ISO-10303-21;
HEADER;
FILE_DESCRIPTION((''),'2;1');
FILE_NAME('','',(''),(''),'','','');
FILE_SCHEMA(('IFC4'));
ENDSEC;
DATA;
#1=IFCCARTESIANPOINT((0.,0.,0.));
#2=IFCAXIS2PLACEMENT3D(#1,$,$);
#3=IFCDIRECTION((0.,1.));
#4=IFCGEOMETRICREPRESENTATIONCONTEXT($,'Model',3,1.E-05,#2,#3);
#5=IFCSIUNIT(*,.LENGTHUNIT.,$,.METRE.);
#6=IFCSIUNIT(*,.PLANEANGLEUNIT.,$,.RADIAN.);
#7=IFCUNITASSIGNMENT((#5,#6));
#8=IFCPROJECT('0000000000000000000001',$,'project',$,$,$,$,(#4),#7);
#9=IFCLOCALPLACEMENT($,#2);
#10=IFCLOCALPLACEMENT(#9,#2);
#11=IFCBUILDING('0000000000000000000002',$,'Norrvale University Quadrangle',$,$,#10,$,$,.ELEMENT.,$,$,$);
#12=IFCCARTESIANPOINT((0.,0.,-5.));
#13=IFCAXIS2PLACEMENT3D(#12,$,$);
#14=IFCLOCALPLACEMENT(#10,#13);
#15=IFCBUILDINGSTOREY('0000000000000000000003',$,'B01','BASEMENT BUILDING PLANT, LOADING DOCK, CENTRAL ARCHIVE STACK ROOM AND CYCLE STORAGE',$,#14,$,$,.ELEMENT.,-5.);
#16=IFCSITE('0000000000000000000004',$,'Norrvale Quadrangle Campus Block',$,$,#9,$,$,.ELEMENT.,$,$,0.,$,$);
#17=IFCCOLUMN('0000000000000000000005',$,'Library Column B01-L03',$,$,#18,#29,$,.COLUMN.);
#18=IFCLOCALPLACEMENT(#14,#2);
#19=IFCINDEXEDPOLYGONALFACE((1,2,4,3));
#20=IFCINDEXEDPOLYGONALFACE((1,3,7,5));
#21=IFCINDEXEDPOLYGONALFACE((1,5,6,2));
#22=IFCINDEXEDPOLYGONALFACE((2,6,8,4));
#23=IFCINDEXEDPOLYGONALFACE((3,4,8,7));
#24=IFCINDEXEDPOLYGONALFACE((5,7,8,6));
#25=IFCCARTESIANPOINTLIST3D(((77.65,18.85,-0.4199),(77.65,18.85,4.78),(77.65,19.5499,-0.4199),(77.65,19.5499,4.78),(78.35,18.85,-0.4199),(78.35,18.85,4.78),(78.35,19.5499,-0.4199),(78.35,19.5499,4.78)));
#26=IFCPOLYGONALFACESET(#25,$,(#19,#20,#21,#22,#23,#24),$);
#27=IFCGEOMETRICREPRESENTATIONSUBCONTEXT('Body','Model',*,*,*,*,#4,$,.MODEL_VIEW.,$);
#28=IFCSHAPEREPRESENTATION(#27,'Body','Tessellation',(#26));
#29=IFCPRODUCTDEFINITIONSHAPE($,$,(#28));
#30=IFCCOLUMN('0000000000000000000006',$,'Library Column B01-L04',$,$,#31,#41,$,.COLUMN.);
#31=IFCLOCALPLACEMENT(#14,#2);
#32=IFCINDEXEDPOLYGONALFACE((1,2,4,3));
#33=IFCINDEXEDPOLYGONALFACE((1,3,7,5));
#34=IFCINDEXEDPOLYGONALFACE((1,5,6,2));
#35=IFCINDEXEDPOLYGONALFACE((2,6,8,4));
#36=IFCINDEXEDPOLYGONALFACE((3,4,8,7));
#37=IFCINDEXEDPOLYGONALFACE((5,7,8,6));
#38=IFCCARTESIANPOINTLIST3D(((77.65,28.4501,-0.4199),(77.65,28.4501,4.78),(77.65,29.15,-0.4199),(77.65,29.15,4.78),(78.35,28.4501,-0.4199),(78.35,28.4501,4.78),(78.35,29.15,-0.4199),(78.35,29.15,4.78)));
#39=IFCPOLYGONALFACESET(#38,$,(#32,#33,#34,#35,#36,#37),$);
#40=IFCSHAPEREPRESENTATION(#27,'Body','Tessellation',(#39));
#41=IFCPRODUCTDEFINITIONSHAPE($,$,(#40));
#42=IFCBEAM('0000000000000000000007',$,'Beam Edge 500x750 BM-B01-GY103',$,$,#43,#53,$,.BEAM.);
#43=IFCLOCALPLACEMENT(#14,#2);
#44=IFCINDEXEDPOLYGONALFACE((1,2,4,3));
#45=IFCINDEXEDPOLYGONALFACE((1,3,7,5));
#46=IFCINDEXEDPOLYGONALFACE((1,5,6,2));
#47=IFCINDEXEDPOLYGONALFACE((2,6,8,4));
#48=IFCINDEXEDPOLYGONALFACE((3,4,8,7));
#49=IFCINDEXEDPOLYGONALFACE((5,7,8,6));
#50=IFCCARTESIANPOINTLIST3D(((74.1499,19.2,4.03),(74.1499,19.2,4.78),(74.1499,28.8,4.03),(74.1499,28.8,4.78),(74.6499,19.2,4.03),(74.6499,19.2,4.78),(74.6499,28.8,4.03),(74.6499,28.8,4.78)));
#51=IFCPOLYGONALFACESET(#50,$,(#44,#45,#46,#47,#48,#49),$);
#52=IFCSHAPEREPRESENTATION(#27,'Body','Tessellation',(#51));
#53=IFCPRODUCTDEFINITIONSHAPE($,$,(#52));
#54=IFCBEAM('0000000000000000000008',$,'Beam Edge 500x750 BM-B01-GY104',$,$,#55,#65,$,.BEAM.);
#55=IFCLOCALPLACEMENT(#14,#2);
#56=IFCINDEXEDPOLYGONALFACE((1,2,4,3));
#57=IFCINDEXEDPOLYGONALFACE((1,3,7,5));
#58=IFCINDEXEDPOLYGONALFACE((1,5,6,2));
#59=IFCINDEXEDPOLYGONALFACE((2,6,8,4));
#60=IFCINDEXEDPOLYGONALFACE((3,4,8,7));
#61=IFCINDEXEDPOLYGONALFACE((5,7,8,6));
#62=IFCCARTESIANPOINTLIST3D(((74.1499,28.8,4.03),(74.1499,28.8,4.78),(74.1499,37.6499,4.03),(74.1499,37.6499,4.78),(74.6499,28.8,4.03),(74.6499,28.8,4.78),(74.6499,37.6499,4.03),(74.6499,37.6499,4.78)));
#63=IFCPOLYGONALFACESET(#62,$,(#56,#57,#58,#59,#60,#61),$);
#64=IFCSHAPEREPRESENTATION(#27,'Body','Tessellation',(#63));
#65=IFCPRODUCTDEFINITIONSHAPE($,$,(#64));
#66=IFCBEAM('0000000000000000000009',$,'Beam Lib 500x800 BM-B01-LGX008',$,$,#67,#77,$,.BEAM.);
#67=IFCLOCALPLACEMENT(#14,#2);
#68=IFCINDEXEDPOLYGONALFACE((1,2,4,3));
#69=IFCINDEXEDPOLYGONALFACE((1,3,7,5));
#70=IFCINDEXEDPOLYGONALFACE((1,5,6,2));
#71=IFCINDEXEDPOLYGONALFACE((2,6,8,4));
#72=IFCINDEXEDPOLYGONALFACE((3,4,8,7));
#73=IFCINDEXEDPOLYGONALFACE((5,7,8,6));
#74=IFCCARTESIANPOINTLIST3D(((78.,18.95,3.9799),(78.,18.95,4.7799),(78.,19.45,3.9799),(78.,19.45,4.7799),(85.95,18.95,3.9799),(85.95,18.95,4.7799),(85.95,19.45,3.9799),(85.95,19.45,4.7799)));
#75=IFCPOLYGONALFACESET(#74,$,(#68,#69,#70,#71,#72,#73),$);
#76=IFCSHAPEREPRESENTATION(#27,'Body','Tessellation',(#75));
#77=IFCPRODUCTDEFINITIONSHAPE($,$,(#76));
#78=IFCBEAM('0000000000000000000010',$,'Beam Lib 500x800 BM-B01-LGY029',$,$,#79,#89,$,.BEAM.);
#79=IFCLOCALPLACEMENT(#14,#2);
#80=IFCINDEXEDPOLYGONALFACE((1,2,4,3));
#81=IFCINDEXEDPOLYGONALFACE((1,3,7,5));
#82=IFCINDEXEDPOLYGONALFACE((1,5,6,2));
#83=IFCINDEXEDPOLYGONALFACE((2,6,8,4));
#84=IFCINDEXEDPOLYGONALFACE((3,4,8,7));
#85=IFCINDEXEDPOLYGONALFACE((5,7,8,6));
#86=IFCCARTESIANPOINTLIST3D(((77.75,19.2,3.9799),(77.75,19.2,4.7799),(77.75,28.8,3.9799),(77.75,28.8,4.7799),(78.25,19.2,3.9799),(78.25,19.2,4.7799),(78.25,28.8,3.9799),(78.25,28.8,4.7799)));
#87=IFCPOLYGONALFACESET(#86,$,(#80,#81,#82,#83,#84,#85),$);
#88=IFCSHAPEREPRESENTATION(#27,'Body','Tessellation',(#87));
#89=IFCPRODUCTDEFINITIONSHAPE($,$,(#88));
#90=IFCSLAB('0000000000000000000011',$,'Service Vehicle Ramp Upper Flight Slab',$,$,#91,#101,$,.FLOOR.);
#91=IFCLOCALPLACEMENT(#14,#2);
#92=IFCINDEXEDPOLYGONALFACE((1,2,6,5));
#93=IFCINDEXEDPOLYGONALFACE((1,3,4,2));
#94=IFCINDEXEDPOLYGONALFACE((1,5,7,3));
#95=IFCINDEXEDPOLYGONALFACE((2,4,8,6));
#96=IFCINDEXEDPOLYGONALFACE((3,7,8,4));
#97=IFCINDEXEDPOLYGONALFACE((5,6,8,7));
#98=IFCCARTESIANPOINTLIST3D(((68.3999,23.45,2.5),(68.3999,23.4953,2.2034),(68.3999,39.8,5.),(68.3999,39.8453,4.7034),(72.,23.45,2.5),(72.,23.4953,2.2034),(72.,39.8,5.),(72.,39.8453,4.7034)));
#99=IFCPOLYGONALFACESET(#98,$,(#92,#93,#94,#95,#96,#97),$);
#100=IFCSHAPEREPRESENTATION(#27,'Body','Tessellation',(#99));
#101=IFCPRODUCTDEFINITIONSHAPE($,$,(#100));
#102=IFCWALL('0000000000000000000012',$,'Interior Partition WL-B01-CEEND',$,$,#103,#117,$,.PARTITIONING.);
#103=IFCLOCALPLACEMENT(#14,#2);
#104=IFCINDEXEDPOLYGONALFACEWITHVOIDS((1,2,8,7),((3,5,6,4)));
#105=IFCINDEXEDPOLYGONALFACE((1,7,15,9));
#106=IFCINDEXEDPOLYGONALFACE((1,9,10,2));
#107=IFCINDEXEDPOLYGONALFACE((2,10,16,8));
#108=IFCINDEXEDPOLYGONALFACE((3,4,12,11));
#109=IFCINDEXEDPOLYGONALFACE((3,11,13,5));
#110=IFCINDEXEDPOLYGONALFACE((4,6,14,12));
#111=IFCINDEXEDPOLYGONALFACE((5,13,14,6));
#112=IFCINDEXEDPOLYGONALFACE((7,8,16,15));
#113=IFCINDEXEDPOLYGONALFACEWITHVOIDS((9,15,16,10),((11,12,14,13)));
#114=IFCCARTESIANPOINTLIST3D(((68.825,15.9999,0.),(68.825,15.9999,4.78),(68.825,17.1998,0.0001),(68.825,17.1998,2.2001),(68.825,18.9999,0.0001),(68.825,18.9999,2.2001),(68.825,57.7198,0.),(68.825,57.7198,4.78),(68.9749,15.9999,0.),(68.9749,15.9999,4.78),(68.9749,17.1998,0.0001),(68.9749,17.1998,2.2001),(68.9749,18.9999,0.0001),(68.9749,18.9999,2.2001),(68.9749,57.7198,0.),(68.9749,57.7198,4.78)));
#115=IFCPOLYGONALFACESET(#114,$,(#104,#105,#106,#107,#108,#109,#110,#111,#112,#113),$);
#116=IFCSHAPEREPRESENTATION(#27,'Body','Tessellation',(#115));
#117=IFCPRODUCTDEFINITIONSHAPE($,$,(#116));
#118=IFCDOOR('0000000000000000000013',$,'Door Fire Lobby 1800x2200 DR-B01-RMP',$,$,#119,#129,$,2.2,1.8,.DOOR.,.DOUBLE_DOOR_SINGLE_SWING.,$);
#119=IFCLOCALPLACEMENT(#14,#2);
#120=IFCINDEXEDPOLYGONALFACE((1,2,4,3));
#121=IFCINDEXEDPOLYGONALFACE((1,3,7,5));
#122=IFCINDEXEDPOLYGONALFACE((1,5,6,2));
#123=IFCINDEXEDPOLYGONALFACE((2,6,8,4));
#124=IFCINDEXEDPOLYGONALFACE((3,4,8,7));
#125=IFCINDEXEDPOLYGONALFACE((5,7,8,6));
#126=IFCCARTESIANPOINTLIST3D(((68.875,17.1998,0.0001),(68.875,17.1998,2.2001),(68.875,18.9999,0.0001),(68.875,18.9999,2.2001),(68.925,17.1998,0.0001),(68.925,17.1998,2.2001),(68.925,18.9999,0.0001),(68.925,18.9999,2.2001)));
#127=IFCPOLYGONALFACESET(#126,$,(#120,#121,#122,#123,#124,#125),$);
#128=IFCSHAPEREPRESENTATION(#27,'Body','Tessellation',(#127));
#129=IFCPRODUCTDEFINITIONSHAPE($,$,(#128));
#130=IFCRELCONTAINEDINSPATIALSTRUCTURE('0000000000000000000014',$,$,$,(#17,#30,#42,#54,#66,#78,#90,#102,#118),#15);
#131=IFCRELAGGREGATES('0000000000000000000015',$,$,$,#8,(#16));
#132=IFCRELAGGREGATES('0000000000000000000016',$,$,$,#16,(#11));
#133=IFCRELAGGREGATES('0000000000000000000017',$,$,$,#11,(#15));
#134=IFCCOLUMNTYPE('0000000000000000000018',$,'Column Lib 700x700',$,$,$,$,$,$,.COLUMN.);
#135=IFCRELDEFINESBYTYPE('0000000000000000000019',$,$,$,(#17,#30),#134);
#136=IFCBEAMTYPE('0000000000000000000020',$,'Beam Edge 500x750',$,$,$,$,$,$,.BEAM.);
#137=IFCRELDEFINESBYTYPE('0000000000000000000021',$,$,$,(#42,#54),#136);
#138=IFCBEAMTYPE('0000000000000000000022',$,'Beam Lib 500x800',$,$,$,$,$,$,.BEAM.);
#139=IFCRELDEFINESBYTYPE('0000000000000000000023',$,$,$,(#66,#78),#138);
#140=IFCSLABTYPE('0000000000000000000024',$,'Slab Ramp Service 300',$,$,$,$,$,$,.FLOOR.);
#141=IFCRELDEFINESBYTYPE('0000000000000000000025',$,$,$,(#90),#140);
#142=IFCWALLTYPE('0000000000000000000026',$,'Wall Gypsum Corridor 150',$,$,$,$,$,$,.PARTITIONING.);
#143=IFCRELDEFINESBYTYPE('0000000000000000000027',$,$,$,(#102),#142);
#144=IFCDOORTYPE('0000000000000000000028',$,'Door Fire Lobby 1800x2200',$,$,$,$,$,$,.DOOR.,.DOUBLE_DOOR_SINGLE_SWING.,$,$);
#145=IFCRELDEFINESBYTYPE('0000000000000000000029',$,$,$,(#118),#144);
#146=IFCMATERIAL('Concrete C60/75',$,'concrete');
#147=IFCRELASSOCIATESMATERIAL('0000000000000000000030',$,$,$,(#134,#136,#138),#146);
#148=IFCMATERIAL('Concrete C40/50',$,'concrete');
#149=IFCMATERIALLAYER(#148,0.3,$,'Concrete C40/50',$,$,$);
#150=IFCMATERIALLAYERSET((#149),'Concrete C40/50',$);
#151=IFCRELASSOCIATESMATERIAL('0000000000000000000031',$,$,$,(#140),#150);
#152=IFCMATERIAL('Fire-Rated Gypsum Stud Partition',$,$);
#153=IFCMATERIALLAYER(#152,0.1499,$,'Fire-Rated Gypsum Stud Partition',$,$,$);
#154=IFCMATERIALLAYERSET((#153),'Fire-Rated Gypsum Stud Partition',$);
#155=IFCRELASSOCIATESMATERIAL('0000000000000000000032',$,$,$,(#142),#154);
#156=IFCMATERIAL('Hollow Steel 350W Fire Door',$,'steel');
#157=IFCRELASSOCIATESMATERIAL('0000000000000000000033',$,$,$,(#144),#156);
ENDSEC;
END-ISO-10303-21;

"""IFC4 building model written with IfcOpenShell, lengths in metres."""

from ifc_helpers import new_model, si_unit, direction, frame, frame_2d, origin, origin_2d, place, context, subcontext, project, spatial, polyline, rectangle, outline, extrude, material, layer, layer_set, material_profile, profile_set, type_object, element, fill, save


model = new_model("IFC4")

# Units and contexts
model_context = context("Model", 3, precision=1e-05, world=origin(), true_north=direction((0.0, 1.0)))
body_context = subcontext(model_context, "Body", "Model", "MODEL_VIEW")
ifc_project = project(units=[si_unit("LENGTHUNIT", "METRE"), si_unit("PLANEANGLEUNIT", "RADIAN")], contexts=[model_context])

# Site, building, storey
site_placement = place(None, origin())
site = spatial("IfcSite", under=ifc_project, at=site_placement, Name="Norrvale Quadrangle Campus Block", CompositionType="ELEMENT", RefElevation=0.0)
building_placement = place(site_placement, origin())
building = spatial("IfcBuilding", under=site, at=building_placement, Name="Norrvale University Quadrangle", CompositionType="ELEMENT")
storey_placement = place(building_placement, frame((0.0, 0.0, -5.0)))
storey = spatial("IfcBuildingStorey", under=building, at=storey_placement, Name="B01", Description="BASEMENT BUILDING PLANT, LOADING DOCK, CENTRAL ARCHIVE STACK ROOM AND CYCLE STORAGE", CompositionType="ELEMENT", Elevation=-5.0)

# Columns
ifc_material_1 = material(Name="Concrete C60/75", Category="concrete")
ifc_material_profile_1 = material_profile(ifc_material_1, rectangle(XDim=0.7, YDim=0.7, at=origin_2d()), Name="Concrete C60/75")
ifc_profile_set_1 = profile_set([ifc_material_profile_1], Name="Concrete C60/75")
column_type_1 = type_object("IfcColumnType", Name="Column Lib 700x700", PredefinedType="COLUMN", material=ifc_profile_set_1)
for number, where, z_axis, x_axis, name in (
    (1, (78.0, 19.2, -0.4199), (0.0, 0.0, 1.0), (1.0, 0.0, 0.0), "Library Column B01-L03"),
    (2, (78.0, 28.8, -0.4199), (0.0, 0.0, 1.0), (1.0, 0.0, 0.0), "Library Column B01-L04"),
):
    element("IfcColumn", number, at=place(storey_placement, frame(where, z_axis=z_axis, x_axis=x_axis)), inside=storey, type_object=column_type_1, Name=name, PredefinedType="COLUMN", context=body_context, shape_type="SweptSolid", body=[
        extrude(rectangle(XDim=0.7, YDim=0.7, at=origin_2d()), origin(), (0.0, 0.0, 1.0), 5.2),
    ])

# Beams
ifc_material_profile_2 = material_profile(ifc_material_1, rectangle(XDim=0.5, YDim=0.75, at=origin_2d()), Name="Concrete C60/75")
ifc_profile_set_2 = profile_set([ifc_material_profile_2], Name="Concrete C60/75")
beam_type_1 = type_object("IfcBeamType", Name="Beam Edge 500x750", PredefinedType="BEAM", material=ifc_profile_set_2)
beam_1_placement = place(storey_placement, frame((74.3999, 19.2, 4.405), z_axis=(0.0, 1.0, 0.0), x_axis=(-1.0, 0.0, 0.0)))
element("IfcBeam", 3, at=beam_1_placement, inside=storey, type_object=beam_type_1, Name="Beam Edge 500x750 BM-B01-GY103", PredefinedType="BEAM", context=body_context, shape_type="SweptSolid", body=[
    extrude(rectangle(XDim=0.5, YDim=0.75, at=origin_2d()), origin(), (0.0, 0.0, 1.0), 9.6001),
])
beam_2_placement = place(storey_placement, frame((74.3999, 28.8, 4.405), z_axis=(0.0, 1.0, 0.0), x_axis=(-1.0, 0.0, 0.0)))
element("IfcBeam", 4, at=beam_2_placement, inside=storey, type_object=beam_type_1, Name="Beam Edge 500x750 BM-B01-GY104", PredefinedType="BEAM", context=body_context, shape_type="SweptSolid", body=[
    extrude(rectangle(XDim=0.5, YDim=0.75, at=origin_2d()), origin(), (0.0, 0.0, 1.0), 8.8499),
])
ifc_material_profile_3 = material_profile(ifc_material_1, rectangle(XDim=0.5, YDim=0.8, at=origin_2d()), Name="Concrete C60/75")
ifc_profile_set_3 = profile_set([ifc_material_profile_3], Name="Concrete C60/75")
beam_type_2 = type_object("IfcBeamType", Name="Beam Lib 500x800", PredefinedType="BEAM", material=ifc_profile_set_3)
beam_3_placement = place(storey_placement, frame((78.0, 19.2, 4.3799), z_axis=(1.0, 0.0, 0.0), x_axis=(0.0, 1.0, 0.0)))
element("IfcBeam", 5, at=beam_3_placement, inside=storey, type_object=beam_type_2, Name="Beam Lib 500x800 BM-B01-LGX008", PredefinedType="BEAM", context=body_context, shape_type="SweptSolid", body=[
    extrude(rectangle(XDim=0.5, YDim=0.8, at=origin_2d()), origin(), (0.0, 0.0, 1.0), 7.95),
])
beam_4_placement = place(storey_placement, frame((78.0, 19.2, 4.3799), z_axis=(0.0, 1.0, 0.0), x_axis=(-1.0, 0.0, 0.0)))
element("IfcBeam", 6, at=beam_4_placement, inside=storey, type_object=beam_type_2, Name="Beam Lib 500x800 BM-B01-LGY029", PredefinedType="BEAM", context=body_context, shape_type="SweptSolid", body=[
    extrude(rectangle(XDim=0.5, YDim=0.8, at=origin_2d()), origin(), (0.0, 0.0, 1.0), 9.6001),
])

# Slab
ifc_material_2 = material(Name="Concrete C40/50", Category="concrete")
ifc_layer_1 = layer(ifc_material_2, 0.3, Name="Concrete C40/50")
ifc_layer_set_1 = layer_set([ifc_layer_1], Name="Concrete C40/50")
slab_type = type_object("IfcSlabType", Name="Slab Ramp Service 300", PredefinedType="FLOOR", material=ifc_layer_set_1)
slab_placement = place(storey_placement, frame((68.3999, 23.45, 2.5), z_axis=(0.0, -0.151148, 0.988511), x_axis=(1.0, 0.0, 0.0)))
element("IfcSlab", 7, at=slab_placement, inside=storey, type_object=slab_type, Name="Service Vehicle Ramp Upper Flight Slab", PredefinedType="FLOOR", context=body_context, shape_type="SweptSolid", body=[
    extrude(outline(polyline([(0.0, 0.0), (3.6001, 0.0), (3.6001, 16.54), (0.0, 16.54), (0.0, 0.0)])), origin(), (0.0, 0.0, -1.0), 0.3),
])

# Wall, opening, door
ifc_material_3 = material(Name="Fire-Rated Gypsum Stud Partition")
ifc_layer_2 = layer(ifc_material_3, 0.1499, Name="Fire-Rated Gypsum Stud Partition")
ifc_layer_set_2 = layer_set([ifc_layer_2], Name="Fire-Rated Gypsum Stud Partition")
wall_type = type_object("IfcWallType", Name="Wall Gypsum Corridor 150", PredefinedType="PARTITIONING", material=ifc_layer_set_2)
wall_placement = place(storey_placement, frame((68.8999, 16.0, 0.0), z_axis=(0.0, 0.0, 1.0), x_axis=(0.0, 1.0, 0.0)))
wall = element("IfcWall", 8, at=wall_placement, inside=storey, type_object=wall_type, Name="Interior Partition WL-B01-CEEND", PredefinedType="PARTITIONING", context=body_context, shape_type="SweptSolid", body=[
    extrude(rectangle(XDim=41.72, YDim=0.1499, at=frame_2d((20.8599, 0.0))), origin(), (0.0, 0.0, 1.0), 4.78),
])
opening_placement = place(wall_placement, frame((1.2, 0.0, 0.0)))
opening = element("IfcOpeningElement", 9, at=opening_placement, cuts=wall, PredefinedType="OPENING", context=body_context, shape_type="SweptSolid", body=[
    extrude(rectangle(XDim=1.8, YDim=2.2, at=frame_2d((0.8999, 1.1001))), frame((0.0, 0.0869, 0.0), z_axis=(0.0, -1.0, 0.0), x_axis=(1.0, 0.0, 0.0)), (0.0, 0.0, 1.0), 0.1738),
])
ifc_material_4 = material(Name="Hollow Steel 350W Fire Door", Category="steel")
door_type = type_object("IfcDoorType", Name="Door Fire Lobby 1800x2200", OperationType="DOUBLE_DOOR_SINGLE_SWING", PredefinedType="DOOR", material=ifc_material_4)
door_placement = place(opening_placement, origin())
door = element("IfcDoor", 10, at=door_placement, inside=storey, type_object=door_type, Name="Door Fire Lobby 1800x2200 DR-B01-RMP", OperationType="DOUBLE_DOOR_SINGLE_SWING", OverallHeight=2.2, OverallWidth=1.8, PredefinedType="DOOR", context=body_context, shape_type="SweptSolid", body=[
    extrude(rectangle(XDim=1.8, YDim=2.2, at=frame_2d((0.8999, 1.1001))), frame((0.0, 0.0249, 0.0), z_axis=(0.0, -1.0, 0.0), x_axis=(1.0, 0.0, 0.0)), (0.0, 0.0, 1.0), 0.05),
])
fill(opening, door)

save(model, "model.ifc")
